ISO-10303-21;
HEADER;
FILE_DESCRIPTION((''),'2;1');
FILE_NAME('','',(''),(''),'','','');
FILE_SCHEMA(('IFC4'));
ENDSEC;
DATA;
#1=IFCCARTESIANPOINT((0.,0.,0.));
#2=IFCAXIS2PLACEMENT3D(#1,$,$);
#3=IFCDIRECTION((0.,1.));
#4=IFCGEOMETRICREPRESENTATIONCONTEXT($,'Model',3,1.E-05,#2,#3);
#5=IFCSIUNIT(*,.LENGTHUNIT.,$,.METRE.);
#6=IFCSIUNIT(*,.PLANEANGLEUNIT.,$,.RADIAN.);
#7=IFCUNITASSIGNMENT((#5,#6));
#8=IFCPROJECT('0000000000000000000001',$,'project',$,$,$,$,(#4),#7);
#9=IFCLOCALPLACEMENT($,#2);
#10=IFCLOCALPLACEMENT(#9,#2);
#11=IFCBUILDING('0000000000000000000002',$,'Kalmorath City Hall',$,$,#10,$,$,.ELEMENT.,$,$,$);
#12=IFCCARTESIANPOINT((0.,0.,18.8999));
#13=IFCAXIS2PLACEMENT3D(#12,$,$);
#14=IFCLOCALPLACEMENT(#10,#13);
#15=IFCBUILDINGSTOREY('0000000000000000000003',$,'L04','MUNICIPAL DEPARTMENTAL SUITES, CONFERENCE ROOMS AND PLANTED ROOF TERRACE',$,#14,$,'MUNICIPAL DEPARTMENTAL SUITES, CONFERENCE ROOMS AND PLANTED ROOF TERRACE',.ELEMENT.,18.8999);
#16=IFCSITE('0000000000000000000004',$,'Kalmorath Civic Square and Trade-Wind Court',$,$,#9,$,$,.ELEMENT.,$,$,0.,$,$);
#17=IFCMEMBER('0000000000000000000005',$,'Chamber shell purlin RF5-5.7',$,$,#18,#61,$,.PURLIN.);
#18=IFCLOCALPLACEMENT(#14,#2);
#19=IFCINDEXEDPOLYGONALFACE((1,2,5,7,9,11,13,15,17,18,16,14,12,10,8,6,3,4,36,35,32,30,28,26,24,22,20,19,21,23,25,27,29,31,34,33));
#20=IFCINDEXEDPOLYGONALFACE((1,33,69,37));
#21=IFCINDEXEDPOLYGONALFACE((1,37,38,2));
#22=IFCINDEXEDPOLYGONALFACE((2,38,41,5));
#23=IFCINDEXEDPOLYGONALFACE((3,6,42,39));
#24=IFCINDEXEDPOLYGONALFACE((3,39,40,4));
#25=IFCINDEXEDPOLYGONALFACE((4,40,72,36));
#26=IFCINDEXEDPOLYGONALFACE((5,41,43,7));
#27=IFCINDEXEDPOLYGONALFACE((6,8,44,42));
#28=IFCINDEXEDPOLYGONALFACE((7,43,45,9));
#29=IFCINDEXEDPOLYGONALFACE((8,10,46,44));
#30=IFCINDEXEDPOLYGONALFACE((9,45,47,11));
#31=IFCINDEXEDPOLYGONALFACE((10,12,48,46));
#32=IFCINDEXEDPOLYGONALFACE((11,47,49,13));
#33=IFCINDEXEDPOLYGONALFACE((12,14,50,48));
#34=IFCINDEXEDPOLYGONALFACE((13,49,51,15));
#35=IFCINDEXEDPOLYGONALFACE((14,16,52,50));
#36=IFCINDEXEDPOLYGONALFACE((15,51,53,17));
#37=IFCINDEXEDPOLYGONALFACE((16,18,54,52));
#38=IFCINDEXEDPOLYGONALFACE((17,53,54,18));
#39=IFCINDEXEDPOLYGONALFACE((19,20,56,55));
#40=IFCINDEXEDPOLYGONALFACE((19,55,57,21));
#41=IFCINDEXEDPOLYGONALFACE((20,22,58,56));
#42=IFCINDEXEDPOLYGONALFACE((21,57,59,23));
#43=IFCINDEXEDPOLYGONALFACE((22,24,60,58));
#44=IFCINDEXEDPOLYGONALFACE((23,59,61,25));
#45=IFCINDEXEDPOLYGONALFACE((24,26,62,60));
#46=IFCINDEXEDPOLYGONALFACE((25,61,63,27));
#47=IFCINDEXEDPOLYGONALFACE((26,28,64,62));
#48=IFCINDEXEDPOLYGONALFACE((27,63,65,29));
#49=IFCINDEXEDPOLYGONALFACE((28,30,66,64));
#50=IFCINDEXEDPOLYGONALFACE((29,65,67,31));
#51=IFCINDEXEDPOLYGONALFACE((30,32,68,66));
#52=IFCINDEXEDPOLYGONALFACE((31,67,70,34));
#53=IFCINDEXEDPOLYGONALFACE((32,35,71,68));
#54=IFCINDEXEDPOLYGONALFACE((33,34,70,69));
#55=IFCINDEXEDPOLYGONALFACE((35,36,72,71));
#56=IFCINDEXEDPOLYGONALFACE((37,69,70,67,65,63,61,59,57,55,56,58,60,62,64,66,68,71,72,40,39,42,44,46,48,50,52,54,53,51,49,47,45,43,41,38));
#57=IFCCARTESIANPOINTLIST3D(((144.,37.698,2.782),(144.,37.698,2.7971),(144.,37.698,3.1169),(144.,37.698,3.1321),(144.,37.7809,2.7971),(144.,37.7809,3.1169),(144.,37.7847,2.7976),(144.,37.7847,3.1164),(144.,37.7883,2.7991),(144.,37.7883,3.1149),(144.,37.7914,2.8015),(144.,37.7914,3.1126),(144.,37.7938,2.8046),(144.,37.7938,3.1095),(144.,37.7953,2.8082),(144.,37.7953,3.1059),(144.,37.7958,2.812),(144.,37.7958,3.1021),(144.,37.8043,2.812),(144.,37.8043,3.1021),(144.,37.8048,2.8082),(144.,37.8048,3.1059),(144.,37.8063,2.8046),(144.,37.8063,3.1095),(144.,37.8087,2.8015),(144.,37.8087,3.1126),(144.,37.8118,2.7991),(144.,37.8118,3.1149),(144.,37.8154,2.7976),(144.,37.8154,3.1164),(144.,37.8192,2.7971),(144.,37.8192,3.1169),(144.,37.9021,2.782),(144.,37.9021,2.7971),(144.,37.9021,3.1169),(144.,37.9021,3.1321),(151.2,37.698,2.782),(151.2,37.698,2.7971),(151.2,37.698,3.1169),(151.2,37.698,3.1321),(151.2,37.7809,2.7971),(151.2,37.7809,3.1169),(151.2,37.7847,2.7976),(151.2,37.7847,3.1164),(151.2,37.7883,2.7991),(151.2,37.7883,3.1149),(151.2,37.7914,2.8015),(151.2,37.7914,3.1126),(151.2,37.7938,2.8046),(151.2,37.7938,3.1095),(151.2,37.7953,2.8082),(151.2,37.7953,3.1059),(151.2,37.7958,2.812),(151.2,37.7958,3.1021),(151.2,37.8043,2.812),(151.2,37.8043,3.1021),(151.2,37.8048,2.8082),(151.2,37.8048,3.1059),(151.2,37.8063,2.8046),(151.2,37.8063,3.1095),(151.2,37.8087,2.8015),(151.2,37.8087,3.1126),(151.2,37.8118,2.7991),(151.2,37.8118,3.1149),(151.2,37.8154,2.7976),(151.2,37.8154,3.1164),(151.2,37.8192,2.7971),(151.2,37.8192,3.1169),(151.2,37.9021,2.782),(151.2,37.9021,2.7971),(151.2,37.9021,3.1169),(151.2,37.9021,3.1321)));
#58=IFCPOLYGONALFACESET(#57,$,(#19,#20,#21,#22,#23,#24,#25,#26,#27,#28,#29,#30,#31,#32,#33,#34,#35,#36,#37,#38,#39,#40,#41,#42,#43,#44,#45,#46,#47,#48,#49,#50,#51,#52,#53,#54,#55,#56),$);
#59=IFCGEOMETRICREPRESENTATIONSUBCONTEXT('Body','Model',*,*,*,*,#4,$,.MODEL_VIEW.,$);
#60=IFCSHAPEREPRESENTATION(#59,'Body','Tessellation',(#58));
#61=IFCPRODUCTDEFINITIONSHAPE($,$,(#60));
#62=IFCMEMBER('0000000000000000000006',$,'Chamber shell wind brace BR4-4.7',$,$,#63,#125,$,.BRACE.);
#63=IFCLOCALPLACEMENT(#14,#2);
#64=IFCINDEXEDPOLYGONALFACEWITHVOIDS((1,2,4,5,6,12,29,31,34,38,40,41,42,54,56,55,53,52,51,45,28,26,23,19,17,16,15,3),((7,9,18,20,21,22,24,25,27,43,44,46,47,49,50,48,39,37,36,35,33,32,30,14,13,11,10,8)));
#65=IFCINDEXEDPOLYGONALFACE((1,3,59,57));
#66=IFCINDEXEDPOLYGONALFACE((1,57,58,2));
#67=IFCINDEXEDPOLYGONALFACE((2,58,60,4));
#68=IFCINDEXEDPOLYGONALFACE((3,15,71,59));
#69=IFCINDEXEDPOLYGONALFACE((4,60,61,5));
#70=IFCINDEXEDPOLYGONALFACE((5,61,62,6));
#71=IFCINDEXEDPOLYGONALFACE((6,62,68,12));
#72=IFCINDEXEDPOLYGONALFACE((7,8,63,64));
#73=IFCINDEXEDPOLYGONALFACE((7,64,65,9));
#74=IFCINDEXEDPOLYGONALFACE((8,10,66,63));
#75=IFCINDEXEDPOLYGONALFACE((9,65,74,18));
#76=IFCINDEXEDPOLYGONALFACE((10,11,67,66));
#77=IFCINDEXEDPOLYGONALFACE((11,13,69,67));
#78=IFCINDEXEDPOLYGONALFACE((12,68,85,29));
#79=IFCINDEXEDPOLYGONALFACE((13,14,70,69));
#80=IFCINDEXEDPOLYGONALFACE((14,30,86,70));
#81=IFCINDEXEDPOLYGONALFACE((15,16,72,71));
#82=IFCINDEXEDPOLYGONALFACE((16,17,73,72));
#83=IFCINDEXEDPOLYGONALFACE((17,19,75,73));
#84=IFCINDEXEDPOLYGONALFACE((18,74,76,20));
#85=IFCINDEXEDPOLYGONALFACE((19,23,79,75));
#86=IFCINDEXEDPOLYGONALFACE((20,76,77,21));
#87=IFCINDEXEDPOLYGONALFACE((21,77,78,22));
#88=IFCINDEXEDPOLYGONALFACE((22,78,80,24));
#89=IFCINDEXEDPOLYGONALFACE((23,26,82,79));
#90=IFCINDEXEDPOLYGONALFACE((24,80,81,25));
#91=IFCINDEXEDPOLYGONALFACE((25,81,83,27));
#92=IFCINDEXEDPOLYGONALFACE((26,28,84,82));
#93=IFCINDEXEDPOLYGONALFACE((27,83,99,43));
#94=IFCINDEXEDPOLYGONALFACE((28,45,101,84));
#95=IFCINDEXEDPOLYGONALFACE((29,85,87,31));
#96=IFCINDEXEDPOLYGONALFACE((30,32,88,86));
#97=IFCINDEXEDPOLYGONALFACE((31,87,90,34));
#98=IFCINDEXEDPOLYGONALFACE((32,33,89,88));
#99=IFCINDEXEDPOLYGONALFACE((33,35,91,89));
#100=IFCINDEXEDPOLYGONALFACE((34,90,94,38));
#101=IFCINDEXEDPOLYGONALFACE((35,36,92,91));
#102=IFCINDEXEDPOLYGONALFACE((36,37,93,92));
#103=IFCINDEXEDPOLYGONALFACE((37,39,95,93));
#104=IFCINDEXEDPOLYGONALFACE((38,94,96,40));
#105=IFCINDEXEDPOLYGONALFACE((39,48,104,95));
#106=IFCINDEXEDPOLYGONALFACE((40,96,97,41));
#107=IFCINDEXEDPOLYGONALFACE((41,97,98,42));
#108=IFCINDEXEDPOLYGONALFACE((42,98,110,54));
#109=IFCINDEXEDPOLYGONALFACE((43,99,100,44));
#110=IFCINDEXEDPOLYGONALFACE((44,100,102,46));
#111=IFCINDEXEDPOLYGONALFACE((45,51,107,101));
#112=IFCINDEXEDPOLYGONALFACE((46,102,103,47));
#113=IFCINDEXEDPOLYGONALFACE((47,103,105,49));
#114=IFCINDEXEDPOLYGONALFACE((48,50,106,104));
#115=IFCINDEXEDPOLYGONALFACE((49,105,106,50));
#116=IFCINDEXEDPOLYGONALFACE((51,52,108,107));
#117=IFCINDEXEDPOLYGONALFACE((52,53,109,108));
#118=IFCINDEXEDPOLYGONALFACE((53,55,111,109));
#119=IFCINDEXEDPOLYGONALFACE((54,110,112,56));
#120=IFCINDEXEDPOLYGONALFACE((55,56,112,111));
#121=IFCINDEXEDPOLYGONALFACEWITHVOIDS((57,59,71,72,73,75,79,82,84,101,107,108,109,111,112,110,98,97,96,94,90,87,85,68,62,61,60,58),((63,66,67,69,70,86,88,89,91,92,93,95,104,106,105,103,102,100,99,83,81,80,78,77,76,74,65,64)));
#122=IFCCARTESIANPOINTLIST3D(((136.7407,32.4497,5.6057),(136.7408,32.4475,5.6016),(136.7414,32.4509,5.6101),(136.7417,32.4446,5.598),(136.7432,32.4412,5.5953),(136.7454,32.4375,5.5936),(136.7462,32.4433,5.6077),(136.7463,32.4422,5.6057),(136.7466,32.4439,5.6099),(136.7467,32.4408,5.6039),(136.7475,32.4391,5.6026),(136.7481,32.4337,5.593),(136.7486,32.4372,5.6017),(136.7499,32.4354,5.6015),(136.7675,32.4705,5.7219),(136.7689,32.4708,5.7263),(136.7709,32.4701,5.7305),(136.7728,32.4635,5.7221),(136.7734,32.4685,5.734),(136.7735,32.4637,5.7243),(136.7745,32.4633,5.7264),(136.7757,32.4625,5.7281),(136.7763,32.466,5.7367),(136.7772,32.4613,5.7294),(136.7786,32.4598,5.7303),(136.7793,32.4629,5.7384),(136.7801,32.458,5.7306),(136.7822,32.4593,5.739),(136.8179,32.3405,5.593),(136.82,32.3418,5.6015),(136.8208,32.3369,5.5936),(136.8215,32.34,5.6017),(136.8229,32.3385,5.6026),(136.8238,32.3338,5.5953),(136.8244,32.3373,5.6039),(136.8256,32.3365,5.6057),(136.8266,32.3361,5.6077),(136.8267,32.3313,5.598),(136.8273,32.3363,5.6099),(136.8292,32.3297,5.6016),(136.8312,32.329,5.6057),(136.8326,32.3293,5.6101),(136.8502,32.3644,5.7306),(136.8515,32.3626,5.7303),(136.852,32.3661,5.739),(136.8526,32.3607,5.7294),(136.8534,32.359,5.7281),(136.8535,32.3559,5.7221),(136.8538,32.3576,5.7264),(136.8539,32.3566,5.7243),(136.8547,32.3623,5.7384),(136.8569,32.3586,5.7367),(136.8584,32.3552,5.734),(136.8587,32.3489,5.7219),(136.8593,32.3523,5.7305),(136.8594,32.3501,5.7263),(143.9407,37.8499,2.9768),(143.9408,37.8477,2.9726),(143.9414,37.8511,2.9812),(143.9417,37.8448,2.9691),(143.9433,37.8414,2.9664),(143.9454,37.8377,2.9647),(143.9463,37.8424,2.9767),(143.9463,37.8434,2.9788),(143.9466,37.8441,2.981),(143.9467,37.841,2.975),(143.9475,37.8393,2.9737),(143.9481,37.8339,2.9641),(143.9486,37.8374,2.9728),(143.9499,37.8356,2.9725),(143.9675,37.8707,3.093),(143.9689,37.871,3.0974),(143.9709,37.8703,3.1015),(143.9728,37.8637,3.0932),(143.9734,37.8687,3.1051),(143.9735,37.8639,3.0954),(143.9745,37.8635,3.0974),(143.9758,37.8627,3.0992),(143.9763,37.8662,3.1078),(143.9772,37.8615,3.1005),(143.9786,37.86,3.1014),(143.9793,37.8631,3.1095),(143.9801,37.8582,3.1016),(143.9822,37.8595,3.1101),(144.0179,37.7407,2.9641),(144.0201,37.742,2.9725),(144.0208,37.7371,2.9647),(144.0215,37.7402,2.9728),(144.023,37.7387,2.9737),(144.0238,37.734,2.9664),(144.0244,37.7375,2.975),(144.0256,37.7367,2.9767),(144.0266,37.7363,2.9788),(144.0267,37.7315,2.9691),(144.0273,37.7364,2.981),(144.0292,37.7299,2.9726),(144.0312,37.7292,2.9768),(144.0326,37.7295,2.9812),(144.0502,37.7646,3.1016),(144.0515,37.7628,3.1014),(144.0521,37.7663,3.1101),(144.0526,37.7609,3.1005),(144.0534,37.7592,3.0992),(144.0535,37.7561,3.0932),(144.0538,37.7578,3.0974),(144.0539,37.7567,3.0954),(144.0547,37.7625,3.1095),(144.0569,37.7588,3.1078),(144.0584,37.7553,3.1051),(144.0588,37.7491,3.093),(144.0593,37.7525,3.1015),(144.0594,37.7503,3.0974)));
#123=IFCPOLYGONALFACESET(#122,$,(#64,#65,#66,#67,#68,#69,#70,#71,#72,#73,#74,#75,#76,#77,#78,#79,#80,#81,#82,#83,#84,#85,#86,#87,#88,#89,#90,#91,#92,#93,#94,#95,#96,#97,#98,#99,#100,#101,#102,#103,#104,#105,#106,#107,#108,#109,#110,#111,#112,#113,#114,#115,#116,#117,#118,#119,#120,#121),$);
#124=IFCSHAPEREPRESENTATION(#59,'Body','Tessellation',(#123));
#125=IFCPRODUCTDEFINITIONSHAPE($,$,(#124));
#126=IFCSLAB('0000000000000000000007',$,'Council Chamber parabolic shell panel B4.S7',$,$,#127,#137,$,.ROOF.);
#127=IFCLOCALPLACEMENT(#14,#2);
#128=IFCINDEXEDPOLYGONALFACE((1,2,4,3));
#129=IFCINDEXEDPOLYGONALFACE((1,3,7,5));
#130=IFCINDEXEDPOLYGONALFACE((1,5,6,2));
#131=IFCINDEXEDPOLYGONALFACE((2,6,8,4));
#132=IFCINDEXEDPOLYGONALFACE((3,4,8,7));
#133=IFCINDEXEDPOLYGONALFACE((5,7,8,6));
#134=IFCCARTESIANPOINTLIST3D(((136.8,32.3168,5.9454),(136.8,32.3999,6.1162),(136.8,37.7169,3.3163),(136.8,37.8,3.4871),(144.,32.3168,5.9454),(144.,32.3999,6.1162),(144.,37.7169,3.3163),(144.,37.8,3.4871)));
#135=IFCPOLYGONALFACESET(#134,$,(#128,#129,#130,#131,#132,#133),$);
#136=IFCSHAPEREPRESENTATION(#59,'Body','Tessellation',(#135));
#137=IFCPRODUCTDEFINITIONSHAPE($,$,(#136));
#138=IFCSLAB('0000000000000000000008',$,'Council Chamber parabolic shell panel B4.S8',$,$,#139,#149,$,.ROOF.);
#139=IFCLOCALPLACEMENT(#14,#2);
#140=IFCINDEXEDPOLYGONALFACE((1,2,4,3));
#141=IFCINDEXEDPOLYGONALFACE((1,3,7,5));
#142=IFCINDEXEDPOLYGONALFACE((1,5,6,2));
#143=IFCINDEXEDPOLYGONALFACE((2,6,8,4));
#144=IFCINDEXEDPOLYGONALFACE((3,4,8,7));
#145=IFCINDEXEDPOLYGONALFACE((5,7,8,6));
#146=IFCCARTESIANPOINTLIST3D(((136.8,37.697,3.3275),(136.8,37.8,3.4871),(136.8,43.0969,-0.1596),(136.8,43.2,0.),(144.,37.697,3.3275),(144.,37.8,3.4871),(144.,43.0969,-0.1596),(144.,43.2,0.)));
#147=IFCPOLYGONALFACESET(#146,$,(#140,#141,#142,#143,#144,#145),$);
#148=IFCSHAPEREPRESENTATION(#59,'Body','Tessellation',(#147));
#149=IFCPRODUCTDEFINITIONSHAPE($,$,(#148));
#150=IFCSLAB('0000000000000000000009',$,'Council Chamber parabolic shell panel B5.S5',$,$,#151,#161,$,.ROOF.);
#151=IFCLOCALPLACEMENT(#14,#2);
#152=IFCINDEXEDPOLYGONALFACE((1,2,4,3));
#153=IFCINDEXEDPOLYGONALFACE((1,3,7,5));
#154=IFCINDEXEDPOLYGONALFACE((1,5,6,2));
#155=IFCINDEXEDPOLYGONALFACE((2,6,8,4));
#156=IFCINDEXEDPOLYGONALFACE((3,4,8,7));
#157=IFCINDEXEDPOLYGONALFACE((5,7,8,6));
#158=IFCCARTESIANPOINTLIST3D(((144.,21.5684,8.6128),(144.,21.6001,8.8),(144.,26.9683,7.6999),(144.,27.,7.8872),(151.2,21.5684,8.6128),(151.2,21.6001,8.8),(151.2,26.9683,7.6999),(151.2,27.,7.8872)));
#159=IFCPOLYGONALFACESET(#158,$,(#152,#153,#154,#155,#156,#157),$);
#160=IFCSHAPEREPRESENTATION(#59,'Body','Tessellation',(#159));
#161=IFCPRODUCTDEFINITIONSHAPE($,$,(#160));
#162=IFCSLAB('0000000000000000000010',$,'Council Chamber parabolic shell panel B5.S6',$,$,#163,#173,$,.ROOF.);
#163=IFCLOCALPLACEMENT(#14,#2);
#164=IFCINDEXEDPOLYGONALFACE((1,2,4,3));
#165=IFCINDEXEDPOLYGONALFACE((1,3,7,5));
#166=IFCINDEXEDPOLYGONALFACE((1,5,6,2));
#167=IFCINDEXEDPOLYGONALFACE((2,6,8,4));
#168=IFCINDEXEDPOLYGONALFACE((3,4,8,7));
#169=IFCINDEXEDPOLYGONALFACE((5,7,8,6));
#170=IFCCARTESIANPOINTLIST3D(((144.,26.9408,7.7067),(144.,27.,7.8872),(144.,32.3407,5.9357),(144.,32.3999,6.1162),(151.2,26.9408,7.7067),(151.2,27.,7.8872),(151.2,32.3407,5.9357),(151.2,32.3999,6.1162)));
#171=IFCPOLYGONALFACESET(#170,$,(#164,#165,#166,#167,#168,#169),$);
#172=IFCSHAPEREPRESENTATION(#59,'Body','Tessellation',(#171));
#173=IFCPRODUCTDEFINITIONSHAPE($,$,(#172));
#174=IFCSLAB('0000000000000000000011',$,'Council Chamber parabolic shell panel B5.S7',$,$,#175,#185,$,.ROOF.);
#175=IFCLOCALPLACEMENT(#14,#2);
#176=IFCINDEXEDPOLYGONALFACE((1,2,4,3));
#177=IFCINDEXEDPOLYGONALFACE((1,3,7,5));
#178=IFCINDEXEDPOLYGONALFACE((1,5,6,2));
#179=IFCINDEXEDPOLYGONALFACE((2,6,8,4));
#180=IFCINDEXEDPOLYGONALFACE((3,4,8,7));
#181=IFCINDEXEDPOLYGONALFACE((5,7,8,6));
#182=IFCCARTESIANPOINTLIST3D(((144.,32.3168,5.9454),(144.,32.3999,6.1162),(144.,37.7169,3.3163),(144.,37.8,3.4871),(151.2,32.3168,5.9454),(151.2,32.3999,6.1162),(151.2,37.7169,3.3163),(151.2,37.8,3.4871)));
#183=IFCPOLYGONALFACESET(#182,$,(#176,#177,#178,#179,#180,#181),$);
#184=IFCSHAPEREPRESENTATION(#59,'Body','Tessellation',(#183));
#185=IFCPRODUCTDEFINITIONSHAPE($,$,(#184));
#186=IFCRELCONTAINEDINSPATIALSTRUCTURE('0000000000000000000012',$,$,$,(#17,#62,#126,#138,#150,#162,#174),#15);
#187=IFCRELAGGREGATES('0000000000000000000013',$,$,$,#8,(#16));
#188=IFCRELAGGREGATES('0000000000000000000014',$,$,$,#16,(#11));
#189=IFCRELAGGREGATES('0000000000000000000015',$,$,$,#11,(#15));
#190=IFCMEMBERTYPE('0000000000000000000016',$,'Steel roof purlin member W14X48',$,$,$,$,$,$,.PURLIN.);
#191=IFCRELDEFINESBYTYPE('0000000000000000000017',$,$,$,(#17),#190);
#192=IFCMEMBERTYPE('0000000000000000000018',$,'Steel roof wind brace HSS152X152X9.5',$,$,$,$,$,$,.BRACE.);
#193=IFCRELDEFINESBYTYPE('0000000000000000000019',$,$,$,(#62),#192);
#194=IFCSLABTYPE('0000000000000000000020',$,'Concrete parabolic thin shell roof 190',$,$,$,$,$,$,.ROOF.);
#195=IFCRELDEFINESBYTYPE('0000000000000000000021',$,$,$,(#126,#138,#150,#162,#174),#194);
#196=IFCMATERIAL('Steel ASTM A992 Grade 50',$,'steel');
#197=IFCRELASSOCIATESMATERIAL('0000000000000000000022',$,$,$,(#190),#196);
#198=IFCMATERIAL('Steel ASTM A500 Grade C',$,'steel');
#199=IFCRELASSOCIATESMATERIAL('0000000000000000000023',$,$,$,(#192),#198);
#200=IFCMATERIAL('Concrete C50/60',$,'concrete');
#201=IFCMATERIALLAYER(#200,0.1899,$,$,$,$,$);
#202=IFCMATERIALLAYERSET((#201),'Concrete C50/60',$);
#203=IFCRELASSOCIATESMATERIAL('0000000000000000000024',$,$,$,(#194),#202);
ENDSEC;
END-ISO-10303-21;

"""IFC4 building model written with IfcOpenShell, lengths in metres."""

from ifc_helpers import new_model, si_unit, direction, frame, origin, origin_2d, place, context, subcontext, project, spatial, polyline, hollow_rectangle, i_section, outline, extrude, material, layer, layer_set, material_profile, profile_set, type_object, element, save


model = new_model("IFC4")

# Units and contexts
model_context = context("Model", 3, precision=1e-05, world=origin(), true_north=direction((0.0, 1.0)))
body_context = subcontext(model_context, "Body", "Model", "MODEL_VIEW")
ifc_project = project(units=[si_unit("LENGTHUNIT", "METRE"), si_unit("PLANEANGLEUNIT", "RADIAN")], contexts=[model_context])

# Site, building, storey
site_placement = place(None, origin())
site = spatial("IfcSite", under=ifc_project, at=site_placement, Name="Kalmorath Civic Square and Trade-Wind Court", CompositionType="ELEMENT", RefElevation=0.0)
building_placement = place(site_placement, origin())
building = spatial("IfcBuilding", under=site, at=building_placement, Name="Kalmorath City Hall", CompositionType="ELEMENT")
storey_placement = place(building_placement, frame((0.0, 0.0, 18.8999)))
storey = spatial("IfcBuildingStorey", under=building, at=storey_placement, Name="L04", Description="MUNICIPAL DEPARTMENTAL SUITES, CONFERENCE ROOMS AND PLANTED ROOF TERRACE", LongName="MUNICIPAL DEPARTMENTAL SUITES, CONFERENCE ROOMS AND PLANTED ROOF TERRACE", CompositionType="ELEMENT", Elevation=18.8999)

# Members
ifc_material_1 = material(Name="Steel ASTM A992 Grade 50", Category="steel")
ifc_material_profile_1 = material_profile(ifc_material_1, i_section(OverallWidth=0.2041, OverallDepth=0.3501, WebThickness=0.0085, FlangeThickness=0.0151, FilletRadius=0.0149, at=origin_2d()), Name="W14X48")
ifc_profile_set_1 = profile_set([ifc_material_profile_1], Name="Steel ASTM A992 Grade 50")
member_type_1 = type_object("IfcMemberType", Name="Steel roof purlin member W14X48", PredefinedType="PURLIN", material=ifc_profile_set_1)
for number, where, z_axis, x_axis, name in (
    (1, (144.0, 37.8, 2.957), (1.0, 0.0, 0.0), (0.0, 1.0, 0.0), "Chamber shell purlin RF5-5.7"),
):
    element("IfcMember", number, at=place(storey_placement, frame(where, z_axis=z_axis, x_axis=x_axis)), inside=storey, type_object=member_type_1, Name=name, PredefinedType="PURLIN", context=body_context, shape_type="SweptSolid", body=[
        extrude(i_section(OverallWidth=0.2041, OverallDepth=0.3501, WebThickness=0.0085, FlangeThickness=0.0151, FilletRadius=0.0149, at=origin_2d()), origin(), (0.0, 0.0, 1.0), 7.2),
    ])
ifc_material_2 = material(Name="Steel ASTM A500 Grade C", Category="steel")
ifc_material_profile_2 = material_profile(ifc_material_2, hollow_rectangle(XDim=0.1521, YDim=0.1521, WallThickness=0.0088, InnerFilletRadius=0.0088, OuterFilletRadius=0.0178, at=origin_2d()), Name="HSS152X152X9.5")
ifc_profile_set_2 = profile_set([ifc_material_profile_2], Name="Steel ASTM A500 Grade C")
member_type_2 = type_object("IfcMemberType", Name="Steel roof wind brace HSS152X152X9.5", PredefinedType="BRACE", material=ifc_profile_set_2)
member_placement = place(storey_placement, frame((136.8, 32.3999, 5.666), z_axis=(0.767901, 0.575946, -0.280383), x_axis=(-0.600013, 0.79999, 0.0)))
element("IfcMember", 2, at=member_placement, inside=storey, type_object=member_type_2, Name="Chamber shell wind brace BR4-4.7", PredefinedType="BRACE", context=body_context, shape_type="SweptSolid", body=[
    extrude(hollow_rectangle(XDim=0.1521, YDim=0.1521, WallThickness=0.0088, InnerFilletRadius=0.0088, OuterFilletRadius=0.0178, at=origin_2d()), origin(), (0.0, 0.0, 1.0), 9.3762),
])

# Slabs
ifc_material_3 = material(Name="Concrete C50/60", Category="concrete")
ifc_layer_1 = layer(ifc_material_3, 0.1899)
ifc_layer_set_1 = layer_set([ifc_layer_1], Name="Concrete C50/60")
slab_type = type_object("IfcSlabType", Name="Concrete parabolic thin shell roof 190", PredefinedType="ROOF", material=ifc_layer_set_1)
slab_1_placement = place(storey_placement, frame((136.8, 32.3999, 6.1162), z_axis=(0.0, 0.437742, 0.899101), x_axis=(1.0, 0.0, 0.0)))
element("IfcSlab", 3, at=slab_1_placement, inside=storey, type_object=slab_type, Name="Council Chamber parabolic shell panel B4.S7", PredefinedType="ROOF", context=body_context, shape_type="SweptSolid", body=[
    extrude(outline(polyline([(0.0, 0.0), (7.2, 0.0), (7.2, 6.0062), (0.0, 6.0062), (0.0, 0.0)])), origin(), (0.0, 0.0, -1.0), 0.1899),
])
slab_2_placement = place(storey_placement, frame((136.8, 37.8, 3.4871), z_axis=(0.0, 0.542484, 0.840066), x_axis=(1.0, 0.0, 0.0)))
element("IfcSlab", 4, at=slab_2_placement, inside=storey, type_object=slab_type, Name="Council Chamber parabolic shell panel B4.S8", PredefinedType="ROOF", context=body_context, shape_type="SweptSolid", body=[
    extrude(outline(polyline([(0.0, 0.0), (7.2, 0.0), (7.2, 6.4279), (0.0, 6.4279), (0.0, 0.0)])), origin(), (0.0, 0.0, -1.0), 0.1899),
])
slab_3_placement = place(storey_placement, frame((144.0, 21.6001, 8.8), z_axis=(0.0, 0.166683, 0.986011), x_axis=(1.0, 0.0, 0.0)))
element("IfcSlab", 5, at=slab_3_placement, inside=storey, type_object=slab_type, Name="Council Chamber parabolic shell panel B5.S5", PredefinedType="ROOF", context=body_context, shape_type="SweptSolid", body=[
    extrude(outline(polyline([(0.0, 0.0), (7.2, 0.0), (7.2, 5.4765), (0.0, 5.4765), (0.0, 0.0)])), origin(), (0.0, 0.0, -1.0), 0.1899),
])
slab_4_placement = place(storey_placement, frame((144.0, 27.0, 7.8872), z_axis=(0.0, 0.311636, 0.950202), x_axis=(1.0, 0.0, 0.0)))
element("IfcSlab", 6, at=slab_4_placement, inside=storey, type_object=slab_type, Name="Council Chamber parabolic shell panel B5.S6", PredefinedType="ROOF", context=body_context, shape_type="SweptSolid", body=[
    extrude(outline(polyline([(0.0, 0.0), (7.2, 0.0), (7.2, 5.6829), (0.0, 5.6829), (0.0, 0.0)])), origin(), (0.0, 0.0, -1.0), 0.1899),
])
slab_5_placement = place(storey_placement, frame((144.0, 32.3999, 6.1162), z_axis=(0.0, 0.437742, 0.899101), x_axis=(1.0, 0.0, 0.0)))
element("IfcSlab", 7, at=slab_5_placement, inside=storey, type_object=slab_type, Name="Council Chamber parabolic shell panel B5.S7", PredefinedType="ROOF", context=body_context, shape_type="SweptSolid", body=[
    extrude(outline(polyline([(0.0, 0.0), (7.2, 0.0), (7.2, 6.0062), (0.0, 6.0062), (0.0, 0.0)])), origin(), (0.0, 0.0, -1.0), 0.1899),
])

save(model, "model.ifc")
